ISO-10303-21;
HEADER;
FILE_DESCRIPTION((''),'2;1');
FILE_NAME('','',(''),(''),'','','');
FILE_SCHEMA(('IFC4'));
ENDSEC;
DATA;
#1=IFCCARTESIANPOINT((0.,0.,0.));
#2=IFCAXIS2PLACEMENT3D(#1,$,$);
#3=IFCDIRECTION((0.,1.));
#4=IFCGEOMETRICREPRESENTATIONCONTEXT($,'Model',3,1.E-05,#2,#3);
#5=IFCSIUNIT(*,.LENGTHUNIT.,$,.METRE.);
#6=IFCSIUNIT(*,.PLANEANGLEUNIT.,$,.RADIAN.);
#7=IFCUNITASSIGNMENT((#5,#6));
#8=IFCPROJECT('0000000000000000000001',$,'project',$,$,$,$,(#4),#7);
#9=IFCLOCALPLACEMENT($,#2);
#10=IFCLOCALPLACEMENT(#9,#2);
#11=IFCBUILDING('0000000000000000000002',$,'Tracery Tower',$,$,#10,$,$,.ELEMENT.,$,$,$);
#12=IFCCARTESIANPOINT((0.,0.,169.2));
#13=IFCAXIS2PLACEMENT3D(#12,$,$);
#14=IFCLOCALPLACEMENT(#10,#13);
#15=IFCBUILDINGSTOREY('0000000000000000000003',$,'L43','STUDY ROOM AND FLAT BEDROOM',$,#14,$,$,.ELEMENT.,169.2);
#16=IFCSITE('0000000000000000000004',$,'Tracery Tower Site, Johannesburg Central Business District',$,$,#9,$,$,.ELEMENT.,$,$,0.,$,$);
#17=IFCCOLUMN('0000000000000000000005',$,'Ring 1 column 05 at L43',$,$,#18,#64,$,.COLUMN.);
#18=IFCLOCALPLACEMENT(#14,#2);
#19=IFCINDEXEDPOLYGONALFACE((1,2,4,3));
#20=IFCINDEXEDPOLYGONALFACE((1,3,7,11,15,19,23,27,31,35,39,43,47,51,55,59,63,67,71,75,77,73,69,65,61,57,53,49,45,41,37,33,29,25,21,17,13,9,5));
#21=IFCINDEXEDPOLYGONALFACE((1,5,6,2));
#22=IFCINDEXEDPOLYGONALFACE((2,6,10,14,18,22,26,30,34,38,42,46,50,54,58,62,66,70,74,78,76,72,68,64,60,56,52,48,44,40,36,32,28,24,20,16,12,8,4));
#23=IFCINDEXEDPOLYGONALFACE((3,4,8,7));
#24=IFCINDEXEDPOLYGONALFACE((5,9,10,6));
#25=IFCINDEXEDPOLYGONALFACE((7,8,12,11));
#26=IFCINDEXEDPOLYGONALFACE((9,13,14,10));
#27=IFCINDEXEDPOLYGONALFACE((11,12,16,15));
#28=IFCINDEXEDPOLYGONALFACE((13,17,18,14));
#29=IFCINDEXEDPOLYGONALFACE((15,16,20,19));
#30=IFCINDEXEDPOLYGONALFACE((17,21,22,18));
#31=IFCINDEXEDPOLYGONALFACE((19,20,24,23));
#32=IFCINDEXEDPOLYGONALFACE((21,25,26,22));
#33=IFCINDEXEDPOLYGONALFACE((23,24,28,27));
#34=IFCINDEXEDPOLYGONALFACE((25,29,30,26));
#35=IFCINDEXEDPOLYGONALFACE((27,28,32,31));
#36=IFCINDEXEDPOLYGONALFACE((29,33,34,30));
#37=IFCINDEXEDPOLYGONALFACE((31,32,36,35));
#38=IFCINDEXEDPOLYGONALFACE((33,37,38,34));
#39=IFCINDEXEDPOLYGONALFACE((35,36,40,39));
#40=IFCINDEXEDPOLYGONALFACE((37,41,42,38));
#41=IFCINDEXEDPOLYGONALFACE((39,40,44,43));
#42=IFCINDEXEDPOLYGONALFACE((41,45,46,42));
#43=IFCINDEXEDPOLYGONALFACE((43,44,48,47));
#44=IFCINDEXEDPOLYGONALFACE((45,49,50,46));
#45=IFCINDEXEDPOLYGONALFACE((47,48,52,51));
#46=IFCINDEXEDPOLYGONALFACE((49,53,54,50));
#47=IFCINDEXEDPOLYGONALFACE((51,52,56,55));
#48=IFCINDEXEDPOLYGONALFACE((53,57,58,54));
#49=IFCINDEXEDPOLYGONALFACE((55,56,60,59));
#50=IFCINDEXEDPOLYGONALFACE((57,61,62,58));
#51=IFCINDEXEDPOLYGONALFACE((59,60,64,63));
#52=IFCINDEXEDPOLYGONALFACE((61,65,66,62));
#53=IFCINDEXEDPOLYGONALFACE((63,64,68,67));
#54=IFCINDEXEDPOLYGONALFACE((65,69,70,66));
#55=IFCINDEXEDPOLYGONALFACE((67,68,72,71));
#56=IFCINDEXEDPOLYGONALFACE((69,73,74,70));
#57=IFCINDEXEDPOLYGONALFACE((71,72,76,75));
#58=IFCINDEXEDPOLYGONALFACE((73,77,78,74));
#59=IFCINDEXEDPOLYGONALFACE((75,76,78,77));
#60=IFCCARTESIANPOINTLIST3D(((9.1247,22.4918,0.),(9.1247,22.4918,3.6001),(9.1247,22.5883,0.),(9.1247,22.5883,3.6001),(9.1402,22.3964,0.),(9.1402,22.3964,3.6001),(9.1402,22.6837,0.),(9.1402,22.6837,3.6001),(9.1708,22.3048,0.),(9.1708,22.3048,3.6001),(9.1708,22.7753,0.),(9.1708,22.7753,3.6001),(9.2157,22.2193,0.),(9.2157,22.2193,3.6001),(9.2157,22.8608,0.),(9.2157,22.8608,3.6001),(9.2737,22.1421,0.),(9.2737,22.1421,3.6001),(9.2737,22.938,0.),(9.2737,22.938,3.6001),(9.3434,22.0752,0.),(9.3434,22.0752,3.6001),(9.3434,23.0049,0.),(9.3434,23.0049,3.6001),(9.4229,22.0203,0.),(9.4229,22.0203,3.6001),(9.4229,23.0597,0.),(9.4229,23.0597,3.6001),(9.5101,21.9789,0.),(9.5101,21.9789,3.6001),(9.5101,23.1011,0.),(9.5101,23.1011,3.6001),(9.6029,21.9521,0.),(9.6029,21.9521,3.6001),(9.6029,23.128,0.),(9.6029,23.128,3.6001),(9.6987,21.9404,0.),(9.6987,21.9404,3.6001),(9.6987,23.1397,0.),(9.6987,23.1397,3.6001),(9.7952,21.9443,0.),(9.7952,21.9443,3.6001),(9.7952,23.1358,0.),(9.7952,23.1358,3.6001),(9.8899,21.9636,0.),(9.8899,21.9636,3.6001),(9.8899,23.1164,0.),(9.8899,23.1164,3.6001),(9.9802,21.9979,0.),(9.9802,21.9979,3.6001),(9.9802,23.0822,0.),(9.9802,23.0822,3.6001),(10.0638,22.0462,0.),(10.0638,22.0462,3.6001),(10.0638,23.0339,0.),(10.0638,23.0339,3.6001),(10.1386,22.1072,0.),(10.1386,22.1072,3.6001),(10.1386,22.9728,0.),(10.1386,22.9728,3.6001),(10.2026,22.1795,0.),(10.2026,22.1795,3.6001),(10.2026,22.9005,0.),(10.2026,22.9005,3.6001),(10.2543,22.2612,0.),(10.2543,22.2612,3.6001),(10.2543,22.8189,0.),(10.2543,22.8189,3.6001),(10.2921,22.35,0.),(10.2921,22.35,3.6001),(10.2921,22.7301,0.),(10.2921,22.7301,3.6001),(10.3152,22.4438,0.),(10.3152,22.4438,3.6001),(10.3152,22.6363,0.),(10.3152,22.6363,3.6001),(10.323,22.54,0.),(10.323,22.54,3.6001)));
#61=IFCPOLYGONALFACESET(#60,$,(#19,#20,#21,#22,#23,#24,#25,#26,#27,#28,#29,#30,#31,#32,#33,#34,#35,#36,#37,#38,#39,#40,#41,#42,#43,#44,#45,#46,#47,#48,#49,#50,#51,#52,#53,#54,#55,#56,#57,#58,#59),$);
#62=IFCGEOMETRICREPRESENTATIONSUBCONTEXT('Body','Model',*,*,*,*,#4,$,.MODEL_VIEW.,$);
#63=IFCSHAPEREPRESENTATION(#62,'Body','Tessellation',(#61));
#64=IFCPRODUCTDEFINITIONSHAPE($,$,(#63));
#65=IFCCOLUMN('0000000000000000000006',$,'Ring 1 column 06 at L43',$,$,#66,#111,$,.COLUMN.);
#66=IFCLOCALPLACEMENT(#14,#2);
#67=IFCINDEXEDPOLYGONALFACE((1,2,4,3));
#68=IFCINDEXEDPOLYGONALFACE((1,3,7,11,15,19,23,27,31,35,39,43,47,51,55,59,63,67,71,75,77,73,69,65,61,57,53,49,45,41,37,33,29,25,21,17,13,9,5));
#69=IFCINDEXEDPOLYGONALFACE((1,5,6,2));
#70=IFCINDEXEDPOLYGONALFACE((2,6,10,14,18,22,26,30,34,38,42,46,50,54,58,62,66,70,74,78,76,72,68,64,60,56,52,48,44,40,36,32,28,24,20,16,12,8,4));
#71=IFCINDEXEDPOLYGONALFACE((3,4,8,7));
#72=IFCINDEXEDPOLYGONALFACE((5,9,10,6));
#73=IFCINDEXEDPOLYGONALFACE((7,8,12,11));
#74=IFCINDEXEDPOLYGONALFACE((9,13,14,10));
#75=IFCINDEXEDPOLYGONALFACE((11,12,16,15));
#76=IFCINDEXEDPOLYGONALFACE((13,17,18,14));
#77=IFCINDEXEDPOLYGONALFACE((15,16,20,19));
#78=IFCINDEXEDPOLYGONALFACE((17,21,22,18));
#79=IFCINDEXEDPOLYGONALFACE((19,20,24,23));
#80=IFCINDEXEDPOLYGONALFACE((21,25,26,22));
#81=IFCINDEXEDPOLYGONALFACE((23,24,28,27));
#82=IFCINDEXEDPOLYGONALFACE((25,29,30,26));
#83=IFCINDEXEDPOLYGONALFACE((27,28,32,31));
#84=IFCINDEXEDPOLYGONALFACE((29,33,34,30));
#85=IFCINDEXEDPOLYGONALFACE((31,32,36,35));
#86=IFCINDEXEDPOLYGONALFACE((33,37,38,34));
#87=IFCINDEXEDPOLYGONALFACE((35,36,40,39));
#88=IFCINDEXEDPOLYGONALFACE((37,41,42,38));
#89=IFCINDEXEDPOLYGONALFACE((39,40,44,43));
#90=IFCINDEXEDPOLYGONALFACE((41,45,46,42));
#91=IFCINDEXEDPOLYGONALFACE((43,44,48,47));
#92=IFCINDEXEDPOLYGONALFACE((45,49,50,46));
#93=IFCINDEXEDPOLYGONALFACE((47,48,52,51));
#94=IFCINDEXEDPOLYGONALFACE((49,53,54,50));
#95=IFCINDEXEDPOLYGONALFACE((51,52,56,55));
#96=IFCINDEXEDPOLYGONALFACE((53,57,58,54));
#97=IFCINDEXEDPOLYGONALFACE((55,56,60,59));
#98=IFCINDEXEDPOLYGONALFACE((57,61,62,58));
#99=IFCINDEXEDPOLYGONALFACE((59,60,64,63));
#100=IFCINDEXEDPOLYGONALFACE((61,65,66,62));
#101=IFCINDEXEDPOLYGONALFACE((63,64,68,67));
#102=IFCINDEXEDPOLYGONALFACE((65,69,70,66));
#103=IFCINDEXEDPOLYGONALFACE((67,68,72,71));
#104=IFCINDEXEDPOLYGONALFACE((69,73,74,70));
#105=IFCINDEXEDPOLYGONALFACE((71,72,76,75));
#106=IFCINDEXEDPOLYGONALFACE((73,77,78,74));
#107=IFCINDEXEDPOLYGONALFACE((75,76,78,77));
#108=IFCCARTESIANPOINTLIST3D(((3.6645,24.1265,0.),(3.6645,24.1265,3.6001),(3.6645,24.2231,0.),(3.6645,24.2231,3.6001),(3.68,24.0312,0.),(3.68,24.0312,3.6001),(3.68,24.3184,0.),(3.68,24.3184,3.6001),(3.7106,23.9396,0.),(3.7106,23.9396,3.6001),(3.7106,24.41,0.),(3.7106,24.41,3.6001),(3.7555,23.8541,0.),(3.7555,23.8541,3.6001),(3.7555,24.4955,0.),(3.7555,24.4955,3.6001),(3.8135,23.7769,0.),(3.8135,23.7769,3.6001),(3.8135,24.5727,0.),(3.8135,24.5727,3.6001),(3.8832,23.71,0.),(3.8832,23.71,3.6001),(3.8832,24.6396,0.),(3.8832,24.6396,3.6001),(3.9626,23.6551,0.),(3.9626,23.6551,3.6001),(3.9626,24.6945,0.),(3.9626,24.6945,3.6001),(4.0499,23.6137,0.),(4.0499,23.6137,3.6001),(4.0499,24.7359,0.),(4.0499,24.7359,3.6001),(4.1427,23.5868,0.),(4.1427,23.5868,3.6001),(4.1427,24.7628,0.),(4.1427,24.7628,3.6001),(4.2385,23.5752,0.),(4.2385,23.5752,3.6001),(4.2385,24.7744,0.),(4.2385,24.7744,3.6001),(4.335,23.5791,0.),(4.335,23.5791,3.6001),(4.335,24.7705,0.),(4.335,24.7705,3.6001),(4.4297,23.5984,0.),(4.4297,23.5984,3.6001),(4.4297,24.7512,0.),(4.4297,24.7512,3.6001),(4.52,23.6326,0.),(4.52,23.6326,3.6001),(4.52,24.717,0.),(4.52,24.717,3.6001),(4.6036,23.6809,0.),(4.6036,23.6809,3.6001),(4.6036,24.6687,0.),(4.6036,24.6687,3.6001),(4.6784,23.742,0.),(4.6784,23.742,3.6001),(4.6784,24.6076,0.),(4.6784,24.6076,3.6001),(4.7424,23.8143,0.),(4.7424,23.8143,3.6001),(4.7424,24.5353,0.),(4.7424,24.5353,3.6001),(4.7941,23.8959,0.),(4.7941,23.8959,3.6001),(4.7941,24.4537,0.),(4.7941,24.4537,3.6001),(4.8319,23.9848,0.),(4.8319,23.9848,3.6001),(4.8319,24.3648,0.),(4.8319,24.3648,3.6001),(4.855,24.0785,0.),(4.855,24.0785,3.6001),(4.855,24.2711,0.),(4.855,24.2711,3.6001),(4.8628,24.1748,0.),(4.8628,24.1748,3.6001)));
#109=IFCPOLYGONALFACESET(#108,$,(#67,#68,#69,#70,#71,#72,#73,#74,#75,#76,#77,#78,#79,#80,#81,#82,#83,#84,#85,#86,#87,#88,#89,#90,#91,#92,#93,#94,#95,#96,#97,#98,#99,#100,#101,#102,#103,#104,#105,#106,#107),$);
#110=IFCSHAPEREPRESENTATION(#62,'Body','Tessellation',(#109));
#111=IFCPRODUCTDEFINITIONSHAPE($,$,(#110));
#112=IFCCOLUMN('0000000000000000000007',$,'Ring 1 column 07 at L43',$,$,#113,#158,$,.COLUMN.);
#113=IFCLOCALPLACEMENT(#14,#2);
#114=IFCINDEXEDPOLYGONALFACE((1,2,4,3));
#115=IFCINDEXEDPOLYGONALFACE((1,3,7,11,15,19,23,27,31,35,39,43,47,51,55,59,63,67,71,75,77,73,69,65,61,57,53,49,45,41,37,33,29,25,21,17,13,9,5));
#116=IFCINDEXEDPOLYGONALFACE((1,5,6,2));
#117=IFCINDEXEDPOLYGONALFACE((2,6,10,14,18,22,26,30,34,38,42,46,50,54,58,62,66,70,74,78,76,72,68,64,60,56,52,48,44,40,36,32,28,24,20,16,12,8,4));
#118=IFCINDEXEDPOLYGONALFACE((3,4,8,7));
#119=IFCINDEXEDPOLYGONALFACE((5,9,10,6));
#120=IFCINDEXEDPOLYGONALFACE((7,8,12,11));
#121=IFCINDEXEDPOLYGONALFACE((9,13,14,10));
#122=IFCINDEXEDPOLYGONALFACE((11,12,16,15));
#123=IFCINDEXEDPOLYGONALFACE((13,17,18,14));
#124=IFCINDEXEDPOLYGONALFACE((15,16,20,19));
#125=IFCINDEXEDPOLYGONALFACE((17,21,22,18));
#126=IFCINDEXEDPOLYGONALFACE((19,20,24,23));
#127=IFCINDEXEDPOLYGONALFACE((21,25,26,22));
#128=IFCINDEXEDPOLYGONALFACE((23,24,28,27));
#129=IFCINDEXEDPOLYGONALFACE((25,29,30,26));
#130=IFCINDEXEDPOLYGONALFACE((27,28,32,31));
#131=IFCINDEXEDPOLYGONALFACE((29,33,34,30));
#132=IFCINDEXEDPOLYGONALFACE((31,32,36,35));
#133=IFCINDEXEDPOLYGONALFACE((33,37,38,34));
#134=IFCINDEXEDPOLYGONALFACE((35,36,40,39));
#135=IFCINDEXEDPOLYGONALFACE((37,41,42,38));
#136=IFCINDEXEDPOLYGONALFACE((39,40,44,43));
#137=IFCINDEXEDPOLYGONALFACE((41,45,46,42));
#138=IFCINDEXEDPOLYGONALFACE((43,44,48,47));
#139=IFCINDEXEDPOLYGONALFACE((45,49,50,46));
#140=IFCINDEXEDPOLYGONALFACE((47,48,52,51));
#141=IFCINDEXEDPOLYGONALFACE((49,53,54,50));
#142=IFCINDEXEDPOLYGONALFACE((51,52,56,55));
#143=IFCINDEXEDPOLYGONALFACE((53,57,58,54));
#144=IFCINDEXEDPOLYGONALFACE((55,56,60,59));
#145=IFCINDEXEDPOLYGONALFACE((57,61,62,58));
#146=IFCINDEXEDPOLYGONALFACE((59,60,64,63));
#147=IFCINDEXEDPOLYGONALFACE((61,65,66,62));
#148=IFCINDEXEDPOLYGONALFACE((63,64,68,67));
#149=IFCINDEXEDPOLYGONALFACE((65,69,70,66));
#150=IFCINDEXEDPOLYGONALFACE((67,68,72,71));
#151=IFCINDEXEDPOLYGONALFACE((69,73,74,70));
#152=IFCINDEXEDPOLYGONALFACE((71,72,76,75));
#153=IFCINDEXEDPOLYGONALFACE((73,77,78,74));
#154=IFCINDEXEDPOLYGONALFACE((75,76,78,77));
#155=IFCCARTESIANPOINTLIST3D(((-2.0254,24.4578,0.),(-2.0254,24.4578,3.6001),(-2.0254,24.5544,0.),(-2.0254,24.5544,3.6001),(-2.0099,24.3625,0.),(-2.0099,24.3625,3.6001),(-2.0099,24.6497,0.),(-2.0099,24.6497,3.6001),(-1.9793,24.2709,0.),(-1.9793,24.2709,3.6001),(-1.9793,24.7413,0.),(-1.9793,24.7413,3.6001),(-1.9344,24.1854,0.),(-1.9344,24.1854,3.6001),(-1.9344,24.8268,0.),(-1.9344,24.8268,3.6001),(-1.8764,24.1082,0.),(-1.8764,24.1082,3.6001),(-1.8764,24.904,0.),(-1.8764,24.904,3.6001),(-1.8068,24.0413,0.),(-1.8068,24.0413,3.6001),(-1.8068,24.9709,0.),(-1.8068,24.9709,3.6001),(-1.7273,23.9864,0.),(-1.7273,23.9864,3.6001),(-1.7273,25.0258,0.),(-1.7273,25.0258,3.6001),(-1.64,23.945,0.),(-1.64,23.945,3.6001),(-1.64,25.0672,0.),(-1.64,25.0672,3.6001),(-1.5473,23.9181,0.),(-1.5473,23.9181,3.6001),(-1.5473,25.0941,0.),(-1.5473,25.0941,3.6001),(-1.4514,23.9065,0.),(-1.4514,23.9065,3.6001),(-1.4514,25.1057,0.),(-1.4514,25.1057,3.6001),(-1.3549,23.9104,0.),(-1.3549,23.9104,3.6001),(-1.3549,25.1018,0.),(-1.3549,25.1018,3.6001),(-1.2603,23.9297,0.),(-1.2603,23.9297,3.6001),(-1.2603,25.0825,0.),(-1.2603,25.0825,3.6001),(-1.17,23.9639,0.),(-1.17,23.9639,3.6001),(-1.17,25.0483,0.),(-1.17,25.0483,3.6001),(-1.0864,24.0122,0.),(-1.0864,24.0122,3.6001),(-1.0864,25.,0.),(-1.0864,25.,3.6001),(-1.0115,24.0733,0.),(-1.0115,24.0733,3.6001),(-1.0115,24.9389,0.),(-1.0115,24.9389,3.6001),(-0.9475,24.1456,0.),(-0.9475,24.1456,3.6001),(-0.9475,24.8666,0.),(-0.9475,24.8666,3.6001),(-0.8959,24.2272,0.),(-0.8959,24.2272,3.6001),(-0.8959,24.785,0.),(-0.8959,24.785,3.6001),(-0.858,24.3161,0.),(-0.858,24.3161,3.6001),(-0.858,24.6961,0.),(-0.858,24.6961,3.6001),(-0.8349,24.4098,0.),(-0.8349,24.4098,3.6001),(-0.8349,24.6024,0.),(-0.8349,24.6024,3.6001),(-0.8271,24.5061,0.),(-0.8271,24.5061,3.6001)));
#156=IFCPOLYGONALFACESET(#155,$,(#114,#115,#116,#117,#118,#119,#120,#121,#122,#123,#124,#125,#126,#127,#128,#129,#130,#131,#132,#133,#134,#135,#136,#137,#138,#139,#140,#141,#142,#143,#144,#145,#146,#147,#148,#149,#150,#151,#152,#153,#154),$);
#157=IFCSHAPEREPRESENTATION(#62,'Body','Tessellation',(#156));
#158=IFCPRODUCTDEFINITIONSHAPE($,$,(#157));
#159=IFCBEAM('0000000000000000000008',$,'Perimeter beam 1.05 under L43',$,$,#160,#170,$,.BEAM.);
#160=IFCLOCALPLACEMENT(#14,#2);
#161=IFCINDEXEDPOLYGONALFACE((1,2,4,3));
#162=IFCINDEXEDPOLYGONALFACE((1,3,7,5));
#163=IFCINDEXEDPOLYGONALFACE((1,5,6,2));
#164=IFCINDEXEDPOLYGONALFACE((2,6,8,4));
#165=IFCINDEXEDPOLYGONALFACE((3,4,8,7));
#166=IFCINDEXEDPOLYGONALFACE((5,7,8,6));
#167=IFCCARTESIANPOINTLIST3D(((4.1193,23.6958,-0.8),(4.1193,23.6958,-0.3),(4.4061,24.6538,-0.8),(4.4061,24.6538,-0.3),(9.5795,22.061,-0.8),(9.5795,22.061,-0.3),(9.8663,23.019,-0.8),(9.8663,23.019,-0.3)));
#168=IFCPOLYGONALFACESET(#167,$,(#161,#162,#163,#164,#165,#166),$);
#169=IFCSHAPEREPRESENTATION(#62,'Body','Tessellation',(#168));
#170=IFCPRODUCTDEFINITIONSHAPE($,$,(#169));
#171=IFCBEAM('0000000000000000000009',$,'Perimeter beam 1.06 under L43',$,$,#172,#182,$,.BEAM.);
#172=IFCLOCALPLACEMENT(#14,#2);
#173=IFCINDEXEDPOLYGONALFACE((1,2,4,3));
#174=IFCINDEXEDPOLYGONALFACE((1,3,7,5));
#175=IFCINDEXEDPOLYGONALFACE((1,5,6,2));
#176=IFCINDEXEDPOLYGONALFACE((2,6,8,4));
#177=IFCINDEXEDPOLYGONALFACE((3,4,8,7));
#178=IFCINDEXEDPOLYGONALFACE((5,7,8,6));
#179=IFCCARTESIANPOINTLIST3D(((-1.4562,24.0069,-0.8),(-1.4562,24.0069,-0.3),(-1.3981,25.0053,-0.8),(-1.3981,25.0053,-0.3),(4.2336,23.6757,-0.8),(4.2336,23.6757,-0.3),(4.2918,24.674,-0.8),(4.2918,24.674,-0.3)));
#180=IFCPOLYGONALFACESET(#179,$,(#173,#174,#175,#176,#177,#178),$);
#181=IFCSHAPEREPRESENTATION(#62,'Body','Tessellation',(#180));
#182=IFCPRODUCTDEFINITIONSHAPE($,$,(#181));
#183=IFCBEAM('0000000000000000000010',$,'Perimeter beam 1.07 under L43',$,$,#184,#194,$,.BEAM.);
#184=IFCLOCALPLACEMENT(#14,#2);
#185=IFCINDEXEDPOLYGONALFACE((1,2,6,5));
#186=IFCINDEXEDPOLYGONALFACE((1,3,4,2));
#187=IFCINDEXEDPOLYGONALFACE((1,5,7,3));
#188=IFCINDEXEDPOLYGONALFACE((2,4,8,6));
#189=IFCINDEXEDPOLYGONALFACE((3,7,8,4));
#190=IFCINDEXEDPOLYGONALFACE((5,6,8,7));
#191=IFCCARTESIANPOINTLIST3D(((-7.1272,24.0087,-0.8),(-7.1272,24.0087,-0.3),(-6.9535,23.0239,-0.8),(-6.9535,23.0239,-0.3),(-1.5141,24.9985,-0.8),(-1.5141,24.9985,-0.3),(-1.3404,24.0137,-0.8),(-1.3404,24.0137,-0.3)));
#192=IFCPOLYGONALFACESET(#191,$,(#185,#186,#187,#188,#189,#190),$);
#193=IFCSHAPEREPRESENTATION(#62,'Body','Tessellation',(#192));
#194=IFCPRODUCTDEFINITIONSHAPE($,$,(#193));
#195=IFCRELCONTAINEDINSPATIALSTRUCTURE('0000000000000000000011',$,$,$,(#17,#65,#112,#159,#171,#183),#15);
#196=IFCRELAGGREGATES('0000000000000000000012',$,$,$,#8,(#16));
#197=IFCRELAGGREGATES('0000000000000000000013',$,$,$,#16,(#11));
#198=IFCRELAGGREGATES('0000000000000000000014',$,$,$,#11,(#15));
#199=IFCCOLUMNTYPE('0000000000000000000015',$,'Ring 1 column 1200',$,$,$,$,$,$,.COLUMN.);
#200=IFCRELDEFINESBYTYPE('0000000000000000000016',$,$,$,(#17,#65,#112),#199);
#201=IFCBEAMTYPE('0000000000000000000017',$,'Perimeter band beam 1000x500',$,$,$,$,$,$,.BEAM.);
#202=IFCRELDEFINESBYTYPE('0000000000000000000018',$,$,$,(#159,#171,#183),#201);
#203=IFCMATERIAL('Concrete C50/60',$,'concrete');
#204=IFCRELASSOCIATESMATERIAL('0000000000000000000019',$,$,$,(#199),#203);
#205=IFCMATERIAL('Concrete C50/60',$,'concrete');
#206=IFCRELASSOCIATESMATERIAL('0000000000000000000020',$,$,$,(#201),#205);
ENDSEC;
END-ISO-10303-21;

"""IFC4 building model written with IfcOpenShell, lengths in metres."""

from ifc_helpers import new_model, si_unit, direction, frame, origin, origin_2d, place, context, subcontext, project, spatial, rectangle, circle, extrude, material, material_profile, profile_set, type_object, element, save


model = new_model("IFC4")

# Units and contexts
model_context = context("Model", 3, precision=1e-05, world=origin(), true_north=direction((0.0, 1.0)))
body_context = subcontext(model_context, "Body", "Model", "MODEL_VIEW")
ifc_project = project(units=[si_unit("LENGTHUNIT", "METRE"), si_unit("PLANEANGLEUNIT", "RADIAN")], contexts=[model_context])

# Site, building, storey
site_placement = place(None, origin())
site = spatial("IfcSite", under=ifc_project, at=site_placement, Name="Tracery Tower Site, Johannesburg Central Business District", CompositionType="ELEMENT", RefElevation=0.0)
building_placement = place(site_placement, origin())
building = spatial("IfcBuilding", under=site, at=building_placement, Name="Tracery Tower", CompositionType="ELEMENT")
storey_placement = place(building_placement, frame((0.0, 0.0, 169.2)))
storey = spatial("IfcBuildingStorey", under=building, at=storey_placement, Name="L43", Description="STUDY ROOM AND FLAT BEDROOM", CompositionType="ELEMENT", Elevation=169.2)

# Columns
ifc_material_1 = material(Name="Concrete C50/60", Category="concrete")
ifc_material_profile_1 = material_profile(ifc_material_1, circle(Radius=0.6001, at=origin_2d()), Name="RC D1200")
ifc_profile_set_1 = profile_set([ifc_material_profile_1], Name="Concrete C50/60")
column_type = type_object("IfcColumnType", Name="Ring 1 column 1200", PredefinedType="COLUMN", material=ifc_profile_set_1)
for number, where, z_axis, x_axis, name in (
    (1, (9.7229, 22.54, 0.0), (0.0, 0.0, 1.0), (1.0, 0.0, 0.0), "Ring 1 column 05 at L43"),
    (2, (4.2627, 24.1748, 0.0), (0.0, 0.0, 1.0), (1.0, 0.0, 0.0), "Ring 1 column 06 at L43"),
    (3, (-1.4272, 24.5061, 0.0), (0.0, 0.0, 1.0), (1.0, 0.0, 0.0), "Ring 1 column 07 at L43"),
):
    element("IfcColumn", number, at=place(storey_placement, frame(where, z_axis=z_axis, x_axis=x_axis)), inside=storey, type_object=column_type, Name=name, PredefinedType="COLUMN", context=body_context, shape_type="SweptSolid", body=[
        extrude(circle(Radius=0.6001, at=origin_2d()), origin(), (0.0, 0.0, 1.0), 3.6001),
    ])

# Beams
ifc_material_2 = material(Name="Concrete C50/60", Category="concrete")
ifc_material_profile_2 = material_profile(ifc_material_2, rectangle(XDim=1.0, YDim=0.5, at=origin_2d()), Name="RC 1000x500")
ifc_profile_set_2 = profile_set([ifc_material_profile_2], Name="Concrete C50/60")
beam_type = type_object("IfcBeamType", Name="Perimeter band beam 1000x500", PredefinedType="BEAM", material=ifc_profile_set_2)
beam_1_placement = place(storey_placement, frame((9.7229, 22.54, -0.55), z_axis=(-0.957985, 0.286817, 0.0), x_axis=(-0.286817, -0.957985, 0.0)))
element("IfcBeam", 4, at=beam_1_placement, inside=storey, type_object=beam_type, Name="Perimeter beam 1.05 under L43", PredefinedType="BEAM", context=body_context, shape_type="SweptSolid", body=[
    extrude(rectangle(XDim=1.0, YDim=0.5, at=origin_2d()), origin(), (0.0, 0.0, 1.0), 5.6997),
])
beam_2_placement = place(storey_placement, frame((4.2627, 24.1748, -0.55), z_axis=(-0.998309, 0.058127, 0.0), x_axis=(-0.058127, -0.998309, 0.0)))
element("IfcBeam", 5, at=beam_2_placement, inside=storey, type_object=beam_type, Name="Perimeter beam 1.06 under L43", PredefinedType="BEAM", context=body_context, shape_type="SweptSolid", body=[
    extrude(rectangle(XDim=1.0, YDim=0.5, at=origin_2d()), origin(), (0.0, 0.0, 1.0), 5.6995),
])
beam_3_placement = place(storey_placement, frame((-1.4272, 24.5061, -0.55), z_axis=(-0.984807, -0.173651, 0.0), x_axis=(0.173651, -0.984807, 0.0)))
element("IfcBeam", 6, at=beam_3_placement, inside=storey, type_object=beam_type, Name="Perimeter beam 1.07 under L43", PredefinedType="BEAM", context=body_context, shape_type="SweptSolid", body=[
    extrude(rectangle(XDim=1.0, YDim=0.5, at=origin_2d()), origin(), (0.0, 0.0, 1.0), 5.6997),
])

save(model, "model.ifc")
